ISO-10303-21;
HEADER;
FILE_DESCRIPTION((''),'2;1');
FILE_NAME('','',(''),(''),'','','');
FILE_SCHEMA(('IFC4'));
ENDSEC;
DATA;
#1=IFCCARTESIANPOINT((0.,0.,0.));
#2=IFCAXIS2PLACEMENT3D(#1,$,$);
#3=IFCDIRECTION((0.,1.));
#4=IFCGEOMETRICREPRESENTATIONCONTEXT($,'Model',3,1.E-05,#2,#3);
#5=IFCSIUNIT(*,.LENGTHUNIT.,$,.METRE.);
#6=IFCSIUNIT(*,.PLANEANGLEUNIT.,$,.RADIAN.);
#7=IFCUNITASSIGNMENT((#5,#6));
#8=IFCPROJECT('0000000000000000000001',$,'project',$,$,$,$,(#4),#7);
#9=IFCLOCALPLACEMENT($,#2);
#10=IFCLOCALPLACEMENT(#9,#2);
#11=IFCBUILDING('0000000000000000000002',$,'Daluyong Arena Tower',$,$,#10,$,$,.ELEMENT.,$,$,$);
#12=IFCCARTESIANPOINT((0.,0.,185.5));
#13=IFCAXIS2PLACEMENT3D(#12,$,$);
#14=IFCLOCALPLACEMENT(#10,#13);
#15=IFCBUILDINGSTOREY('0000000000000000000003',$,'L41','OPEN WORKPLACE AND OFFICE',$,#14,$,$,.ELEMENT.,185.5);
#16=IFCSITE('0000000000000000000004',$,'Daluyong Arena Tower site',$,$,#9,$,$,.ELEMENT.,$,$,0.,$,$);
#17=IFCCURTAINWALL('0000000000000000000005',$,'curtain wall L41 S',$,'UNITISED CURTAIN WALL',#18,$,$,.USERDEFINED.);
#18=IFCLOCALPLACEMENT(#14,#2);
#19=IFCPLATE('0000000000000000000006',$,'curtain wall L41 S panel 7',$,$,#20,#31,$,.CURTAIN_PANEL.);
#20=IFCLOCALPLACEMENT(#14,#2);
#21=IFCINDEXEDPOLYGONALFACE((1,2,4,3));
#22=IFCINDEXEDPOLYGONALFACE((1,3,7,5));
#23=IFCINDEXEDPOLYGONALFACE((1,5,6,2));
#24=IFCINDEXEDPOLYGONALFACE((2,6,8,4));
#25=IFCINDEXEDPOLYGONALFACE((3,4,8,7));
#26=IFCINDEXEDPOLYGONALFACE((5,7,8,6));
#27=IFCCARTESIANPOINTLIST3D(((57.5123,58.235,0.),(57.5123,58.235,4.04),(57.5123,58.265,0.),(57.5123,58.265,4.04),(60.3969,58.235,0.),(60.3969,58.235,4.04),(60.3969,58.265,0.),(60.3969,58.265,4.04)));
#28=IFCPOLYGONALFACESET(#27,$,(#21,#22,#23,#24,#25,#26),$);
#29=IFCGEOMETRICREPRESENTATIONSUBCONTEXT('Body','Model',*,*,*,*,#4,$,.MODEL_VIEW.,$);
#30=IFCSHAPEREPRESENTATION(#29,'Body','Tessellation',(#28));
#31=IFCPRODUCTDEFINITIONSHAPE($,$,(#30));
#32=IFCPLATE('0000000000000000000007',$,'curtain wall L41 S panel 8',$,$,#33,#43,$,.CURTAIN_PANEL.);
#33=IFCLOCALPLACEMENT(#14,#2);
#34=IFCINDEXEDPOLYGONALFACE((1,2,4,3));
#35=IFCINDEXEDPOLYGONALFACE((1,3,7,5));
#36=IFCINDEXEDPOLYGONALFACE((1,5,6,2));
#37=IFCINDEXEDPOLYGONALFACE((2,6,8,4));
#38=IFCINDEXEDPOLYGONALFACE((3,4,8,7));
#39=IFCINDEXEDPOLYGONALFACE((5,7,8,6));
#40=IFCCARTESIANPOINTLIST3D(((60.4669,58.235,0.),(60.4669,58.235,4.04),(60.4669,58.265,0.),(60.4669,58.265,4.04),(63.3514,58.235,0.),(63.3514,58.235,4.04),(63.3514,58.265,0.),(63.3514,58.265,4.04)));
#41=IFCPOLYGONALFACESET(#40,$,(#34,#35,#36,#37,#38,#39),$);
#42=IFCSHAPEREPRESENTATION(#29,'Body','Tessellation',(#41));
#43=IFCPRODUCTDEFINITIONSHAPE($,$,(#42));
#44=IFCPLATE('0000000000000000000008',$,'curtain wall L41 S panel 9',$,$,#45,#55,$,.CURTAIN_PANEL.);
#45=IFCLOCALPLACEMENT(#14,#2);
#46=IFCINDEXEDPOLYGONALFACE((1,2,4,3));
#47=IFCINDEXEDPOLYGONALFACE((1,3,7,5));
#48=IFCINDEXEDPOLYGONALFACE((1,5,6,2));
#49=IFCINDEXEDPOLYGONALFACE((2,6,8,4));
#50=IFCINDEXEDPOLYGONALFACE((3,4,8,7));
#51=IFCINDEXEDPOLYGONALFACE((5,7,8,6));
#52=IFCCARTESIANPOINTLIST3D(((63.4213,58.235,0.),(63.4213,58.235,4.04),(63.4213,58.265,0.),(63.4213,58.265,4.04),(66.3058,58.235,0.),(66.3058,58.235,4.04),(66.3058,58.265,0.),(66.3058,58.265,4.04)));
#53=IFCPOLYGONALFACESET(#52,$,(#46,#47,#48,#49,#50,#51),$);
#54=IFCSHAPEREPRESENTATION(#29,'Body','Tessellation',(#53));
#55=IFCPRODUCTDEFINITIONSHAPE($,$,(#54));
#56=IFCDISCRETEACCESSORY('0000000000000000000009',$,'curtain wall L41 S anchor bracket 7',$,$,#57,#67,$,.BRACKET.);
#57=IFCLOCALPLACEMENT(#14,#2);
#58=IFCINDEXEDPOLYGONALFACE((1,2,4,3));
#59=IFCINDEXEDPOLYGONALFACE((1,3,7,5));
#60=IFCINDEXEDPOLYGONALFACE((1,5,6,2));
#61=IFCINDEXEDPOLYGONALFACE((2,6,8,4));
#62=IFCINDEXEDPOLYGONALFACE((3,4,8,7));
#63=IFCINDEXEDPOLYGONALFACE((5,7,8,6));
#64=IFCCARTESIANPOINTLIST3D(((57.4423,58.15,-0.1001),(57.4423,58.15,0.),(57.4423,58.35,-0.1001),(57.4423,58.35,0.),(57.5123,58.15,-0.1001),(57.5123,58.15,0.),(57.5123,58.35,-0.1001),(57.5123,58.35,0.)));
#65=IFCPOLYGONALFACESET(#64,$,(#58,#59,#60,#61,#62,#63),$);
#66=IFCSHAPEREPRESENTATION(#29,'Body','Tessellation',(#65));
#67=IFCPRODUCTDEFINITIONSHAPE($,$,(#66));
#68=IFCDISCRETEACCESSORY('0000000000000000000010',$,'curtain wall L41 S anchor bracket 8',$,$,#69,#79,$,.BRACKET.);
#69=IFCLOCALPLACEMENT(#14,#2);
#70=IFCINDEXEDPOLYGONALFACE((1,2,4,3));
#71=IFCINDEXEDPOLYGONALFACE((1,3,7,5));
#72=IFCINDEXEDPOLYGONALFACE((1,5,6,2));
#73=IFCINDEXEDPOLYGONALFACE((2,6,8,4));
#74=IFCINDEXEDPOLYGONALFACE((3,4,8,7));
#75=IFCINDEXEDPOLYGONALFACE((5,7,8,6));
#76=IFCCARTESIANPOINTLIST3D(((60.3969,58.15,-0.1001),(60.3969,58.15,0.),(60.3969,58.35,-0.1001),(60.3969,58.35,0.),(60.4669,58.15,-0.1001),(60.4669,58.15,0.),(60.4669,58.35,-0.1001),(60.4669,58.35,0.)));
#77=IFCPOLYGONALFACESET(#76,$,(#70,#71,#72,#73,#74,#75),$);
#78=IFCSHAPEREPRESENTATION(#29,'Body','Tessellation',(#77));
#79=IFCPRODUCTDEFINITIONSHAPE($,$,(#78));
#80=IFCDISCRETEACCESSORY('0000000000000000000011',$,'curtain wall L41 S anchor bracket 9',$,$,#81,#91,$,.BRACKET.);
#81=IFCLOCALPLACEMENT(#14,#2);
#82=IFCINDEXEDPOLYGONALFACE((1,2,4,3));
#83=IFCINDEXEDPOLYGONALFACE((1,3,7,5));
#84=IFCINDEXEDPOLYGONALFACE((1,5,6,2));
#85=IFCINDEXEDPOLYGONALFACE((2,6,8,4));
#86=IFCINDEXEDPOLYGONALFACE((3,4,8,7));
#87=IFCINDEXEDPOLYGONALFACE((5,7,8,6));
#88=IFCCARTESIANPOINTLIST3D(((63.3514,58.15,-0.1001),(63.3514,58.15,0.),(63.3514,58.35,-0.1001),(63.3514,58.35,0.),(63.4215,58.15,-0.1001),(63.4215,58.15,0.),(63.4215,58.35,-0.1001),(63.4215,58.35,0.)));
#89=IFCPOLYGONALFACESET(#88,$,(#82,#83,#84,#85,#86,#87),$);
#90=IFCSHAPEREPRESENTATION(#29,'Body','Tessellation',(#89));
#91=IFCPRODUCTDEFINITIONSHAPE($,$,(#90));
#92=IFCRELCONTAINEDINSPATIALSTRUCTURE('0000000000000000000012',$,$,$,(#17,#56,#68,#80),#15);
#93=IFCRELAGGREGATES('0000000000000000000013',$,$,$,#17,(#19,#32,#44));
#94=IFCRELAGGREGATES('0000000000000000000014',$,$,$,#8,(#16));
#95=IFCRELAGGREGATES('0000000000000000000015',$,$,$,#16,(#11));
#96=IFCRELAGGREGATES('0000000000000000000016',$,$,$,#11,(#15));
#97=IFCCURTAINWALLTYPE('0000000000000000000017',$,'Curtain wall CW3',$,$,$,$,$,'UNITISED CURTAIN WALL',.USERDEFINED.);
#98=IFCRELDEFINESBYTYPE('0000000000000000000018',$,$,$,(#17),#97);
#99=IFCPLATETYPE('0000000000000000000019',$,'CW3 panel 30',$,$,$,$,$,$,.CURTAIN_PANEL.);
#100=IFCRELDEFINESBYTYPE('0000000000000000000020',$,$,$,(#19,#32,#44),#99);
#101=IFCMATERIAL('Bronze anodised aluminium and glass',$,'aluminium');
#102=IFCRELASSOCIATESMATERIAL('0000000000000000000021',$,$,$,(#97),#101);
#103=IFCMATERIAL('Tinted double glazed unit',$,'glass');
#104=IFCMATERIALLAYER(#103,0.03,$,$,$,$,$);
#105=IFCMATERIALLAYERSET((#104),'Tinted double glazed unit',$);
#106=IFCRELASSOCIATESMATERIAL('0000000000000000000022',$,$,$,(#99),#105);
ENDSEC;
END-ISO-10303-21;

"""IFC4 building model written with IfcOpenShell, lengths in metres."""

from ifc_helpers import new_model, si_unit, direction, frame, origin, origin_2d, place, context, subcontext, project, spatial, rectangle, extrude, material, layer, layer_set, type_object, element, aggregate, save


model = new_model("IFC4")

# Units and contexts
model_context = context("Model", 3, precision=1e-05, world=origin(), true_north=direction((0.0, 1.0)))
body_context = subcontext(model_context, "Body", "Model", "MODEL_VIEW")
ifc_project = project(units=[si_unit("LENGTHUNIT", "METRE"), si_unit("PLANEANGLEUNIT", "RADIAN")], contexts=[model_context])

# Site, building, storey
site_placement = place(None, origin())
site = spatial("IfcSite", under=ifc_project, at=site_placement, Name="Daluyong Arena Tower site", CompositionType="ELEMENT", RefElevation=0.0)
building_placement = place(site_placement, origin())
building = spatial("IfcBuilding", under=site, at=building_placement, Name="Daluyong Arena Tower", CompositionType="ELEMENT")
storey_placement = place(building_placement, frame((0.0, 0.0, 185.5)))
storey = spatial("IfcBuildingStorey", under=building, at=storey_placement, Name="L41", Description="OPEN WORKPLACE AND OFFICE", CompositionType="ELEMENT", Elevation=185.5)

# Curtain wall
ifc_material_1 = material(Name="Bronze anodised aluminium and glass", Category="aluminium")
curtain_wall_type = type_object("IfcCurtainWallType", Name="Curtain wall CW3", ElementType="UNITISED CURTAIN WALL", PredefinedType="USERDEFINED", material=ifc_material_1)
curtain_wall_placement = place(storey_placement, origin())
curtain_wall = element("IfcCurtainWall", 1, at=curtain_wall_placement, inside=storey, type_object=curtain_wall_type, Name="curtain wall L41 S", ObjectType="UNITISED CURTAIN WALL", PredefinedType="USERDEFINED")

# Plates
ifc_material_2 = material(Name="Tinted double glazed unit", Category="glass")
ifc_layer = layer(ifc_material_2, 0.03)
ifc_layer_set = layer_set([ifc_layer], Name="Tinted double glazed unit")
plate_type = type_object("IfcPlateType", Name="CW3 panel 30", PredefinedType="CURTAIN_PANEL", material=ifc_layer_set)
plate_1_placement = place(storey_placement, frame((58.9546, 58.25, 0.0), z_axis=(0.0, 0.0, 1.0), x_axis=(1.0, 0.0, 0.0)))
plate_1 = element("IfcPlate", 2, at=plate_1_placement, type_object=plate_type, Name="curtain wall L41 S panel 7", PredefinedType="CURTAIN_PANEL", context=body_context, shape_type="SweptSolid", body=[
    extrude(rectangle(XDim=2.8845, YDim=0.03, at=origin_2d()), origin(), (0.0, 0.0, 1.0), 4.04),
])
plate_2_placement = place(storey_placement, frame((61.9092, 58.25, 0.0), z_axis=(0.0, 0.0, 1.0), x_axis=(1.0, 0.0, 0.0)))
plate_2 = element("IfcPlate", 3, at=plate_2_placement, type_object=plate_type, Name="curtain wall L41 S panel 8", PredefinedType="CURTAIN_PANEL", context=body_context, shape_type="SweptSolid", body=[
    extrude(rectangle(XDim=2.8845, YDim=0.03, at=origin_2d()), origin(), (0.0, 0.0, 1.0), 4.04),
])
plate_3_placement = place(storey_placement, frame((64.8635, 58.25, 0.0), z_axis=(0.0, 0.0, 1.0), x_axis=(1.0, 0.0, 0.0)))
plate_3 = element("IfcPlate", 4, at=plate_3_placement, type_object=plate_type, Name="curtain wall L41 S panel 9", PredefinedType="CURTAIN_PANEL", context=body_context, shape_type="SweptSolid", body=[
    extrude(rectangle(XDim=2.8845, YDim=0.03, at=origin_2d()), origin(), (0.0, 0.0, 1.0), 4.04),
])
aggregate(curtain_wall, [plate_1, plate_2, plate_3])

# Discrete accessories
for number, where, z_axis, x_axis, name in (
    (5, (57.4773, 58.25, -0.1001), (0.0, 0.0, 1.0), (1.0, 0.0, 0.0), "curtain wall L41 S anchor bracket 7"),
    (6, (60.4319, 58.25, -0.1001), (0.0, 0.0, 1.0), (1.0, 0.0, 0.0), "curtain wall L41 S anchor bracket 8"),
    (7, (63.3865, 58.25, -0.1001), (0.0, 0.0, 1.0), (1.0, 0.0, 0.0), "curtain wall L41 S anchor bracket 9"),
):
    element("IfcDiscreteAccessory", number, at=place(storey_placement, frame(where, z_axis=z_axis, x_axis=x_axis)), inside=storey, Name=name, PredefinedType="BRACKET", context=body_context, shape_type="SweptSolid", body=[
        extrude(rectangle(XDim=0.0701, YDim=0.2, at=origin_2d()), origin(), (0.0, 0.0, 1.0), 0.1001),
    ])

save(model, "model.ifc")
